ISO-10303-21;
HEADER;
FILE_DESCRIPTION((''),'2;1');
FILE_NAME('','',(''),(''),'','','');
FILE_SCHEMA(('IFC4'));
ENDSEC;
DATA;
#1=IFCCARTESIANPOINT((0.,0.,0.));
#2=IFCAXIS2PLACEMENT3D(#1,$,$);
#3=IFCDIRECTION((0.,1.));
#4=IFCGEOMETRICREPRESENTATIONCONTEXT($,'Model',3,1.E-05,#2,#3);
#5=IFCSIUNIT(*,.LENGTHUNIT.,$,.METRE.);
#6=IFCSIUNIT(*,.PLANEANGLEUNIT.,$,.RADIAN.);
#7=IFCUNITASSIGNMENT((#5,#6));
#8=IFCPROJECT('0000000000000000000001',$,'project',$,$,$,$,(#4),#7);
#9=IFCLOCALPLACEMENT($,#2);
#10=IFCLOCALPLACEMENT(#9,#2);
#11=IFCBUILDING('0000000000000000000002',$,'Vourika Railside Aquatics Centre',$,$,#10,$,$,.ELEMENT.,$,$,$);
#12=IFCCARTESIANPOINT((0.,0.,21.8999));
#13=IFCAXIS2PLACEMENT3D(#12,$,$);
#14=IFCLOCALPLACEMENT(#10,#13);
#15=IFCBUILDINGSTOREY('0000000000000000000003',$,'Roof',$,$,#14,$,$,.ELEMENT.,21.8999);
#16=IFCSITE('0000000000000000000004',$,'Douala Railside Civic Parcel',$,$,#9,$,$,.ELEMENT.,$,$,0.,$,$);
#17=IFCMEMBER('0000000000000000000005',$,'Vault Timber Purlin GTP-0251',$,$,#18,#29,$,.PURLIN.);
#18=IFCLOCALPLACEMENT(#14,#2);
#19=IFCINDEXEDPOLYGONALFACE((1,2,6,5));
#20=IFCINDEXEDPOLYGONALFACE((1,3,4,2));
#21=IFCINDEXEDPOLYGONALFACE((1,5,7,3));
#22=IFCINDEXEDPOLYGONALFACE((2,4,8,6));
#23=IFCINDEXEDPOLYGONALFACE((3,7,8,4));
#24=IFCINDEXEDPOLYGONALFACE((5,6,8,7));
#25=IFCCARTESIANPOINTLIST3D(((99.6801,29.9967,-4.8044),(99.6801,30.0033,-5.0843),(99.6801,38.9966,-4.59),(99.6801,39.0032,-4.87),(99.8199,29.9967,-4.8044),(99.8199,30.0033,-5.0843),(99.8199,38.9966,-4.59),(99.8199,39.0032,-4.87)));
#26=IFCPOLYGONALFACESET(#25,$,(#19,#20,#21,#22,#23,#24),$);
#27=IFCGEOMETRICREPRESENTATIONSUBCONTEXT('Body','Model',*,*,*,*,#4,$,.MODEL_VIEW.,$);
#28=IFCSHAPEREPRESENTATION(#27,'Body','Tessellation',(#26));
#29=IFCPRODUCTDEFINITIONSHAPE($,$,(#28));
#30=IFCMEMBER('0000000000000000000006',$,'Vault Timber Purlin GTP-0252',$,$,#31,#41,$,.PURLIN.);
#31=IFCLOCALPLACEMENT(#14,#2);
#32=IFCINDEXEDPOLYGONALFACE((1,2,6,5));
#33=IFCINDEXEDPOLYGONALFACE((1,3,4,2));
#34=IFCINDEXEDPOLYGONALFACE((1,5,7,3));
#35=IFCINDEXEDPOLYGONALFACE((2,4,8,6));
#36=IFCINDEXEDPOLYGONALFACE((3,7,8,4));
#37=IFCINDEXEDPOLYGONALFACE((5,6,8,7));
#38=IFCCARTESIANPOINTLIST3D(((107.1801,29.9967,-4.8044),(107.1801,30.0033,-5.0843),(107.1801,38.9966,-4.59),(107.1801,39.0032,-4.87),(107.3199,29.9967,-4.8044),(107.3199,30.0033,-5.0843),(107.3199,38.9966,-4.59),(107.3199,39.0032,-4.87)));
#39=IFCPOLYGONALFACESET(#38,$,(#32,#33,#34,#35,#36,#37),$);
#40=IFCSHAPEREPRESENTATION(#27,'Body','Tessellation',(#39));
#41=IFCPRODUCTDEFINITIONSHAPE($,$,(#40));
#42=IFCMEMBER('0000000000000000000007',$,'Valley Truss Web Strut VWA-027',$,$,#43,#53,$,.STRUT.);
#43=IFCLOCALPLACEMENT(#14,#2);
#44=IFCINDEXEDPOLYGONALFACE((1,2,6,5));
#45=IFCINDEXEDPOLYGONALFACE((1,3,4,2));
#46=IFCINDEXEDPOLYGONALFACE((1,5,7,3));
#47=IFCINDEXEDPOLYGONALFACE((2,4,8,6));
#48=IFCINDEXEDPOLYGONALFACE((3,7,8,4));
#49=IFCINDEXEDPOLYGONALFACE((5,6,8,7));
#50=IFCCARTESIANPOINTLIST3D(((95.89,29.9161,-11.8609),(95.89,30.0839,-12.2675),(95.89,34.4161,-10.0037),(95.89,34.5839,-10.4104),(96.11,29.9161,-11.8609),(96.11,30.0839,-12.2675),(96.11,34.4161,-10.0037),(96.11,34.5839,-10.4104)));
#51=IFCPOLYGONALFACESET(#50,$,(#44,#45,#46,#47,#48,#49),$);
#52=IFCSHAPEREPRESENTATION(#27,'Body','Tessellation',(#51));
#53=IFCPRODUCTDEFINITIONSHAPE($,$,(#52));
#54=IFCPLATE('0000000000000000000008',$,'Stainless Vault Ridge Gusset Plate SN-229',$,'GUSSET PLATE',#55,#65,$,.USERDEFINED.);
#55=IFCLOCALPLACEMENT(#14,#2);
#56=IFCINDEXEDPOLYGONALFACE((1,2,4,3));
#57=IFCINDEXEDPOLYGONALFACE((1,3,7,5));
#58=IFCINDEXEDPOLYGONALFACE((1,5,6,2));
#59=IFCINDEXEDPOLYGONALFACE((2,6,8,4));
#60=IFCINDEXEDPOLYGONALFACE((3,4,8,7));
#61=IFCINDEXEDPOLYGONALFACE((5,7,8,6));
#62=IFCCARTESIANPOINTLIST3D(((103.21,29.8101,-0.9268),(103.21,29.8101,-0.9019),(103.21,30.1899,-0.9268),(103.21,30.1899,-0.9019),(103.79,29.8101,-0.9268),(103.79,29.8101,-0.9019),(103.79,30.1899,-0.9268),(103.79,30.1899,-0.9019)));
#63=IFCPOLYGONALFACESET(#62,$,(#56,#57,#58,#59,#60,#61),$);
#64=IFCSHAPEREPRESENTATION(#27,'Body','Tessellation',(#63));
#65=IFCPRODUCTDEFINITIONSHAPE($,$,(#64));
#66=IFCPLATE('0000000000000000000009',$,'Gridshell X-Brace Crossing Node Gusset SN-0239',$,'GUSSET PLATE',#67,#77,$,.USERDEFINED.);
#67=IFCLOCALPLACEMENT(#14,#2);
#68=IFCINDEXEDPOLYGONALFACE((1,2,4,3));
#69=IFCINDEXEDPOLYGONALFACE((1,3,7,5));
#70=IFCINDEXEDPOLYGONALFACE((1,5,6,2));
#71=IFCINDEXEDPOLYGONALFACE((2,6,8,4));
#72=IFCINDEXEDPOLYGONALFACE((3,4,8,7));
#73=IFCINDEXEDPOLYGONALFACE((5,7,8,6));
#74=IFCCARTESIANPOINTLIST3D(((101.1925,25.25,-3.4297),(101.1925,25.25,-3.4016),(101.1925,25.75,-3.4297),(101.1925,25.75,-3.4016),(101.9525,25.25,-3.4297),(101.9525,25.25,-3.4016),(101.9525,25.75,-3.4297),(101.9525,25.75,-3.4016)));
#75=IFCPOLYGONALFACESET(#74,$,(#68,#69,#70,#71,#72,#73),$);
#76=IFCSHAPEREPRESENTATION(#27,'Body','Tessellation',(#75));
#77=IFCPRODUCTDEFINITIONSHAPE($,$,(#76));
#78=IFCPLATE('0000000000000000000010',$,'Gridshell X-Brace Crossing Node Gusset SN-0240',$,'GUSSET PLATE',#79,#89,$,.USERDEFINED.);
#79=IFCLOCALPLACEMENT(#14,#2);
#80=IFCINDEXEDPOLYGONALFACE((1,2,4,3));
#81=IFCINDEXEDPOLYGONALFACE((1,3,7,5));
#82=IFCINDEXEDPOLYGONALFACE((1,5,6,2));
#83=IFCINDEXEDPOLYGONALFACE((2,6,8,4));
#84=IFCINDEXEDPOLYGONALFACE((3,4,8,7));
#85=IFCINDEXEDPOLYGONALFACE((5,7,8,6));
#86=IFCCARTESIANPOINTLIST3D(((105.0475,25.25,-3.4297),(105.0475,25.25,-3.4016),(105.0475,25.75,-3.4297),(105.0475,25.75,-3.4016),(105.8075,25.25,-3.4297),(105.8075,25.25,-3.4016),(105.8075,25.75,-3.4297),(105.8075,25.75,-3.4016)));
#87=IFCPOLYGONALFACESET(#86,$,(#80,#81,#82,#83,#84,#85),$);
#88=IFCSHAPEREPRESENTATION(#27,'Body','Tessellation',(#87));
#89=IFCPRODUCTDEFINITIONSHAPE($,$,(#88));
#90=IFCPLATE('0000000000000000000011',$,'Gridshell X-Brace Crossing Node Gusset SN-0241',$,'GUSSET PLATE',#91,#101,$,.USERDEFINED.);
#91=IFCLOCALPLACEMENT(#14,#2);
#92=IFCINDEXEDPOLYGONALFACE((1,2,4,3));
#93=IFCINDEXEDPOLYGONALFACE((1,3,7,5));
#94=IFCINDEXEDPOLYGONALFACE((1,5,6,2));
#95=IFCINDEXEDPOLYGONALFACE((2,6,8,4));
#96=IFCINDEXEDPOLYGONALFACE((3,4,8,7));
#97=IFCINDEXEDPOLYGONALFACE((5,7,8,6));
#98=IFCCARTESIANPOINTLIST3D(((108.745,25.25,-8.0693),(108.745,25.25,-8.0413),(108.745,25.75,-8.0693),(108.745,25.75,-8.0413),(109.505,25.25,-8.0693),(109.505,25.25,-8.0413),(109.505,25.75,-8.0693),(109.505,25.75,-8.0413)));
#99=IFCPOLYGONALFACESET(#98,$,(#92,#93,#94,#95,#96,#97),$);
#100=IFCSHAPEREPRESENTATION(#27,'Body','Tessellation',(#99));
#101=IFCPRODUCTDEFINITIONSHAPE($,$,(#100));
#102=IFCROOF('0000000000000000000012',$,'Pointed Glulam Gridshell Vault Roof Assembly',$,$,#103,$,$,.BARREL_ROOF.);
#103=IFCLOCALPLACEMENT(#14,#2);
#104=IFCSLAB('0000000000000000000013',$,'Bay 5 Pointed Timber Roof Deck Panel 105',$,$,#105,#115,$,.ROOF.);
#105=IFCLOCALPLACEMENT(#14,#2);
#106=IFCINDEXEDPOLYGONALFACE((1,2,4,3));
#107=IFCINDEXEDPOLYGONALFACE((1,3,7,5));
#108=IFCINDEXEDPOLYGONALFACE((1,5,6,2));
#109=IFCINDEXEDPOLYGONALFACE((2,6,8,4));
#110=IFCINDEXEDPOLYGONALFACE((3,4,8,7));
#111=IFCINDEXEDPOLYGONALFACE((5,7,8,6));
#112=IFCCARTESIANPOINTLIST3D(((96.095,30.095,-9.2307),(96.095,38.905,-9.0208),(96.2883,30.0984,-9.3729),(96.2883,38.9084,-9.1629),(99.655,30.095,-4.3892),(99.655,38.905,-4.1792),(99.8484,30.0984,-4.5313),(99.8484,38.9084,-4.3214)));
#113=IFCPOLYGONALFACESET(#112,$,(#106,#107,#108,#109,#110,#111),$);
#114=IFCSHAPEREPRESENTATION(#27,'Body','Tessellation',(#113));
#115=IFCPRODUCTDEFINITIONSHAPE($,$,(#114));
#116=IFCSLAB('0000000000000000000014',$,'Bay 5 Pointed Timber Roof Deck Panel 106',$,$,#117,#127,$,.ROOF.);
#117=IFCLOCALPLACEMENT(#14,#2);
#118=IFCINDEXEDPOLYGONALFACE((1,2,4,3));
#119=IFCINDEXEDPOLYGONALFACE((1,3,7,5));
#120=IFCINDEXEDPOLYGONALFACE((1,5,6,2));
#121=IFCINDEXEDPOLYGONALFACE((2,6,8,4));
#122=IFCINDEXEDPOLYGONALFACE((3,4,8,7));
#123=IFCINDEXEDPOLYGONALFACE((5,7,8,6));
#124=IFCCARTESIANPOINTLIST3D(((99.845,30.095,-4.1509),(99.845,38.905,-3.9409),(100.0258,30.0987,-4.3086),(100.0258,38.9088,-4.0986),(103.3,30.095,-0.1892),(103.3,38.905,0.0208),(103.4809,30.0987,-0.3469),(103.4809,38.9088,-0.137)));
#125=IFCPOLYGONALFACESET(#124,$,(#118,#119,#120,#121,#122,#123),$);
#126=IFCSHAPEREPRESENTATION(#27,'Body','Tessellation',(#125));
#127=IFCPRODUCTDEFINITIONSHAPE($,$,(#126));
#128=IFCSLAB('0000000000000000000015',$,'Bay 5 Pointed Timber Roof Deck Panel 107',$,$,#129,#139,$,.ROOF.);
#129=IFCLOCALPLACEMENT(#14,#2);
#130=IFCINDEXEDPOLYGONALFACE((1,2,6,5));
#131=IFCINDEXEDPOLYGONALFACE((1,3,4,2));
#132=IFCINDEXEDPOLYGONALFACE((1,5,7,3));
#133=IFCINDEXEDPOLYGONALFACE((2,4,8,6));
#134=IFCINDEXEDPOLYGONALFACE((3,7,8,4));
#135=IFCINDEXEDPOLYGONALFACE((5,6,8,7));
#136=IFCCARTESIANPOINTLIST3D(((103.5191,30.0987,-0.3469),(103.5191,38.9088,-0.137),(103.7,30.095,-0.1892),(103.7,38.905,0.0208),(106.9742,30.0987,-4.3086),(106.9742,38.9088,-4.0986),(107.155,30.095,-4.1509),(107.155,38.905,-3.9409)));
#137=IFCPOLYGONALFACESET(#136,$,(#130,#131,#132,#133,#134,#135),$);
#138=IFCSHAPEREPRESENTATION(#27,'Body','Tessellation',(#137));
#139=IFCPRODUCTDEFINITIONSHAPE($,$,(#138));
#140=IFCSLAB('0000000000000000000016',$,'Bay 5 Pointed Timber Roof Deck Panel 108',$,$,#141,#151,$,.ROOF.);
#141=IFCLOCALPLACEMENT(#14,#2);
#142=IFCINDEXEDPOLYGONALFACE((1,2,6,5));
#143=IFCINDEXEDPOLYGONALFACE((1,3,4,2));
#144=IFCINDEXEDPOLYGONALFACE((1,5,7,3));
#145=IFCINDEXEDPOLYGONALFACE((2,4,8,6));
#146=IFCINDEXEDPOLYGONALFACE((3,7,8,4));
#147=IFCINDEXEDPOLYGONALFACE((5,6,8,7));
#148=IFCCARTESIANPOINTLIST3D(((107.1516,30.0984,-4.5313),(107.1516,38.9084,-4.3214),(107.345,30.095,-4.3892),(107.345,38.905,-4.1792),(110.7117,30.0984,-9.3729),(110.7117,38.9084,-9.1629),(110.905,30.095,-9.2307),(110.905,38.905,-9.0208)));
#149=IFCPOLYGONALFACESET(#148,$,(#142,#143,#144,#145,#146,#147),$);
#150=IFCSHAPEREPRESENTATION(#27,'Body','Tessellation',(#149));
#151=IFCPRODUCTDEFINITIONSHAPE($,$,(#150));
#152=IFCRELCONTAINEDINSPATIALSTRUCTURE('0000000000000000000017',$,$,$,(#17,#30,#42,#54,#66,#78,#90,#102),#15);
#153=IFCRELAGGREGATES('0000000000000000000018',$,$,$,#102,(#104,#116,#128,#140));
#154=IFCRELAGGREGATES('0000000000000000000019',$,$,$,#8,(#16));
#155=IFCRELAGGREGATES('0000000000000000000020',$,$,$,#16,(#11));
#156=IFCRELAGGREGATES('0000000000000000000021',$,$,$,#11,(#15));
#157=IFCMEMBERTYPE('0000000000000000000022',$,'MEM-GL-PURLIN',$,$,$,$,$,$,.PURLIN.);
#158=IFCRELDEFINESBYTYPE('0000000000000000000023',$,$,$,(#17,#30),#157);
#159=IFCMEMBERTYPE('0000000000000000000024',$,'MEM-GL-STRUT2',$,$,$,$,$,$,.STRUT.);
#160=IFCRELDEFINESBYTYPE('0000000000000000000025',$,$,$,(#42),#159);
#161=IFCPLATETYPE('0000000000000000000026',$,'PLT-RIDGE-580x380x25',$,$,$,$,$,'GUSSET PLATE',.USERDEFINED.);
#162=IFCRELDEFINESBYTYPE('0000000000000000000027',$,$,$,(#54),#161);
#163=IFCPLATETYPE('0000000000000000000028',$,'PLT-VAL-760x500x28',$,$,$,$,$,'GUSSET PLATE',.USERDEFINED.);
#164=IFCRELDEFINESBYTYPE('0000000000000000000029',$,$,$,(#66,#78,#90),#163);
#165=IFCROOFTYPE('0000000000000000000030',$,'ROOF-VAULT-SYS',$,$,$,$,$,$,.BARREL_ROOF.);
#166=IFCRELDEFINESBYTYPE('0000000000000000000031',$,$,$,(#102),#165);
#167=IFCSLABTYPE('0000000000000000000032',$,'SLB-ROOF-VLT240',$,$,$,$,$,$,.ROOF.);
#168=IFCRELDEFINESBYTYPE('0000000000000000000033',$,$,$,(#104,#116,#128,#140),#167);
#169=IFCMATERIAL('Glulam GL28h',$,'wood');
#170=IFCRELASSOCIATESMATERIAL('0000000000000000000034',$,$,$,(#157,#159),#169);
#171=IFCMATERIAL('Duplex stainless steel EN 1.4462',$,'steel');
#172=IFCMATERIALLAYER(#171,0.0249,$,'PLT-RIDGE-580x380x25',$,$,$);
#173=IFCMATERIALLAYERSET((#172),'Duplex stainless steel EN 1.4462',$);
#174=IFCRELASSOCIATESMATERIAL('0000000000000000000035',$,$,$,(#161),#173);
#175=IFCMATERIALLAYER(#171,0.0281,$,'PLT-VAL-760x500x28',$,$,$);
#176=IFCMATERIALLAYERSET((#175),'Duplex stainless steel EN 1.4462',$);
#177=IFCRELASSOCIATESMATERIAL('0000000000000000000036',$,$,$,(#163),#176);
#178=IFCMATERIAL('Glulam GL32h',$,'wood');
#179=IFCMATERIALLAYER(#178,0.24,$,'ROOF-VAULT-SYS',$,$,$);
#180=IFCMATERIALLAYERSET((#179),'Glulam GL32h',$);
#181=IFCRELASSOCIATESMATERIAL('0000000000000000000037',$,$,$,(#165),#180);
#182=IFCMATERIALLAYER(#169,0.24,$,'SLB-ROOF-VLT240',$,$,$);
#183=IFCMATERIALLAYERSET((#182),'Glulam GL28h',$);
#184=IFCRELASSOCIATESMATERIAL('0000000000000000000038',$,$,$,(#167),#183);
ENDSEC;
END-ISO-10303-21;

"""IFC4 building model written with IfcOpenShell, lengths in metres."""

from ifc_helpers import new_model, si_unit, direction, frame, origin, origin_2d, place, context, subcontext, project, spatial, polyline, rectangle, outline, extrude, material, layer, layer_set, material_profile, profile_set, type_object, element, aggregate, save


model = new_model("IFC4")

# Units and contexts
model_context = context("Model", 3, precision=1e-05, world=origin(), true_north=direction((0.0, 1.0)))
body_context = subcontext(model_context, "Body", "Model", "MODEL_VIEW")
ifc_project = project(units=[si_unit("LENGTHUNIT", "METRE"), si_unit("PLANEANGLEUNIT", "RADIAN")], contexts=[model_context])

# Site, building, storey
site_placement = place(None, origin())
site = spatial("IfcSite", under=ifc_project, at=site_placement, Name="Douala Railside Civic Parcel", CompositionType="ELEMENT", RefElevation=0.0)
building_placement = place(site_placement, origin())
building = spatial("IfcBuilding", under=site, at=building_placement, Name="Vourika Railside Aquatics Centre", CompositionType="ELEMENT")
storey_placement = place(building_placement, frame((0.0, 0.0, 21.8999)))
storey = spatial("IfcBuildingStorey", under=building, at=storey_placement, Name="Roof", CompositionType="ELEMENT", Elevation=21.8999)

# Shared definitions
ifc_material_1 = material(Name="Glulam GL32h", Category="wood")

# Members
ifc_material_2 = material(Name="Glulam GL28h", Category="wood")
ifc_material_profile_1 = material_profile(ifc_material_2, rectangle(XDim=0.1399, YDim=0.28, at=origin_2d()), Name="GL28h 140x280")
ifc_profile_set_1 = profile_set([ifc_material_profile_1], Name="Glulam GL28h")
member_type_1 = type_object("IfcMemberType", Name="MEM-GL-PURLIN", PredefinedType="PURLIN", material=ifc_profile_set_1)
for number, where, z_axis, x_axis, name in (
    (1, (99.75, 30.0, -4.9443), (0.0, 0.999716, 0.023811), (-1.0, 0.0, 0.0), "Vault Timber Purlin GTP-0251"),
    (2, (107.25, 30.0, -4.9443), (0.0, 0.999716, 0.023811), (-1.0, 0.0, 0.0), "Vault Timber Purlin GTP-0252"),
):
    element("IfcMember", number, at=place(storey_placement, frame(where, z_axis=z_axis, x_axis=x_axis)), inside=storey, type_object=member_type_1, Name=name, PredefinedType="PURLIN", context=body_context, shape_type="SweptSolid", body=[
        extrude(rectangle(XDim=0.1399, YDim=0.28, at=origin_2d()), origin(), (0.0, 0.0, 1.0), 9.0024),
    ])
ifc_material_profile_2 = material_profile(ifc_material_2, rectangle(XDim=0.22, YDim=0.4399, at=origin_2d()), Name="GL28h 220x440")
ifc_profile_set_2 = profile_set([ifc_material_profile_2], Name="Glulam GL28h")
member_type_2 = type_object("IfcMemberType", Name="MEM-GL-STRUT2", PredefinedType="STRUT", material=ifc_profile_set_2)
member_1_placement = place(storey_placement, frame((96.0, 30.0, -12.0642), z_axis=(0.0, 0.924371, 0.381494), x_axis=(-1.0, 0.0, 0.0)))
element("IfcMember", 3, at=member_1_placement, inside=storey, type_object=member_type_2, Name="Valley Truss Web Strut VWA-027", PredefinedType="STRUT", context=body_context, shape_type="SweptSolid", body=[
    extrude(rectangle(XDim=0.22, YDim=0.4399, at=origin_2d()), origin(), (0.0, 0.0, 1.0), 4.8682),
])

# Plates
ifc_material_3 = material(Name="Duplex stainless steel EN 1.4462", Category="steel")
ifc_layer_1 = layer(ifc_material_3, 0.0249, Name="PLT-RIDGE-580x380x25")
ifc_layer_set_1 = layer_set([ifc_layer_1], Name="Duplex stainless steel EN 1.4462")
plate_type_1 = type_object("IfcPlateType", Name="PLT-RIDGE-580x380x25", ElementType="GUSSET PLATE", PredefinedType="USERDEFINED", material=ifc_layer_set_1)
plate_placement = place(storey_placement, frame((103.5, 30.0, -0.9268), z_axis=(0.0, 0.0, 1.0), x_axis=(1.0, 0.0, 0.0)))
element("IfcPlate", 4, at=plate_placement, inside=storey, type_object=plate_type_1, Name="Stainless Vault Ridge Gusset Plate SN-229", ObjectType="GUSSET PLATE", PredefinedType="USERDEFINED", context=body_context, shape_type="SweptSolid", body=[
    extrude(rectangle(XDim=0.5801, YDim=0.3799, at=origin_2d()), origin(), (0.0, 0.0, 1.0), 0.0249),
])
ifc_layer_2 = layer(ifc_material_3, 0.0281, Name="PLT-VAL-760x500x28")
ifc_layer_set_2 = layer_set([ifc_layer_2], Name="Duplex stainless steel EN 1.4462")
plate_type_2 = type_object("IfcPlateType", Name="PLT-VAL-760x500x28", ElementType="GUSSET PLATE", PredefinedType="USERDEFINED", material=ifc_layer_set_2)
for number, where, z_axis, x_axis, name in (
    (5, (101.5725, 25.5, -3.4297), (0.0, 0.0, 1.0), (1.0, 0.0, 0.0), "Gridshell X-Brace Crossing Node Gusset SN-0239"),
    (6, (105.4275, 25.5, -3.4297), (0.0, 0.0, 1.0), (1.0, 0.0, 0.0), "Gridshell X-Brace Crossing Node Gusset SN-0240"),
    (7, (109.125, 25.5, -8.0693), (0.0, 0.0, 1.0), (1.0, 0.0, 0.0), "Gridshell X-Brace Crossing Node Gusset SN-0241"),
):
    element("IfcPlate", number, at=place(storey_placement, frame(where, z_axis=z_axis, x_axis=x_axis)), inside=storey, type_object=plate_type_2, Name=name, ObjectType="GUSSET PLATE", PredefinedType="USERDEFINED", context=body_context, shape_type="SweptSolid", body=[
        extrude(rectangle(XDim=0.76, YDim=0.5, at=origin_2d()), origin(), (0.0, 0.0, 1.0), 0.0281),
    ])

# Roof, slabs
ifc_layer_3 = layer(ifc_material_1, 0.24, Name="ROOF-VAULT-SYS")
ifc_layer_set_3 = layer_set([ifc_layer_3], Name="Glulam GL32h")
roof_type = type_object("IfcRoofType", Name="ROOF-VAULT-SYS", PredefinedType="BARREL_ROOF", material=ifc_layer_set_3)
roof_placement = place(storey_placement, origin())
roof = element("IfcRoof", 8, at=roof_placement, inside=storey, type_object=roof_type, Name="Pointed Glulam Gridshell Vault Roof Assembly", PredefinedType="BARREL_ROOF")
ifc_layer_4 = layer(ifc_material_2, 0.24, Name="SLB-ROOF-VLT240")
ifc_layer_set_4 = layer_set([ifc_layer_4], Name="Glulam GL28h")
slab_type = type_object("IfcSlabType", Name="SLB-ROOF-VLT240", PredefinedType="ROOF", material=ifc_layer_set_4)
slab_1_placement = place(storey_placement, frame((96.095, 30.095, -9.2307), z_axis=(-0.805563, -0.014117, 0.592342), x_axis=(0.592401, 0.0, 0.805644)))
slab_1 = element("IfcSlab", 9, at=slab_1_placement, type_object=slab_type, Name="Bay 5 Pointed Timber Roof Deck Panel 105", PredefinedType="ROOF", context=body_context, shape_type="SweptSolid", body=[
    extrude(outline(polyline([(0.0, 0.0), (6.0095, 0.0), (6.1787, 8.8109), (0.1692, 8.8109), (0.0, 0.0)])), origin(), (0.0, 0.0, -1.0), 0.24),
])
slab_2_placement = place(storey_placement, frame((99.845, 30.095, -4.1509), z_axis=(-0.753556, -0.015662, 0.657197), x_axis=(0.657277, 0.0, 0.753649)))
slab_2 = element("IfcSlab", 10, at=slab_2_placement, type_object=slab_type, Name="Bay 5 Pointed Timber Roof Deck Panel 106", PredefinedType="ROOF", context=body_context, shape_type="SweptSolid", body=[
    extrude(outline(polyline([(0.0, 0.0), (5.2567, 0.0), (5.4149, 8.8111), (0.1582, 8.8111), (0.0, 0.0)])), origin(), (0.0, 0.0, -1.0), 0.24),
])
slab_3_placement = place(storey_placement, frame((103.7, 30.095, -0.1892), z_axis=(0.753556, -0.015662, 0.657197), x_axis=(0.657277, 0.0, -0.753649)))
slab_3 = element("IfcSlab", 11, at=slab_3_placement, type_object=slab_type, Name="Bay 5 Pointed Timber Roof Deck Panel 107", PredefinedType="ROOF", context=body_context, shape_type="SweptSolid", body=[
    extrude(outline(polyline([(0.0, 0.0), (5.2567, 0.0), (5.0984, 8.8111), (-0.1582, 8.8111), (0.0, 0.0)])), origin(), (0.0, 0.0, -1.0), 0.24),
])
slab_4_placement = place(storey_placement, frame((107.345, 30.095, -4.3892), z_axis=(0.805563, -0.014117, 0.592342), x_axis=(0.592401, 0.0, -0.805644)))
slab_4 = element("IfcSlab", 12, at=slab_4_placement, type_object=slab_type, Name="Bay 5 Pointed Timber Roof Deck Panel 108", PredefinedType="ROOF", context=body_context, shape_type="SweptSolid", body=[
    extrude(outline(polyline([(0.0, 0.0), (6.0095, 0.0), (5.8404, 8.8109), (-0.1692, 8.8109), (0.0, 0.0)])), origin(), (0.0, 0.0, -1.0), 0.24),
])
aggregate(roof, [slab_1, slab_2, slab_3, slab_4])

save(model, "model.ifc")
